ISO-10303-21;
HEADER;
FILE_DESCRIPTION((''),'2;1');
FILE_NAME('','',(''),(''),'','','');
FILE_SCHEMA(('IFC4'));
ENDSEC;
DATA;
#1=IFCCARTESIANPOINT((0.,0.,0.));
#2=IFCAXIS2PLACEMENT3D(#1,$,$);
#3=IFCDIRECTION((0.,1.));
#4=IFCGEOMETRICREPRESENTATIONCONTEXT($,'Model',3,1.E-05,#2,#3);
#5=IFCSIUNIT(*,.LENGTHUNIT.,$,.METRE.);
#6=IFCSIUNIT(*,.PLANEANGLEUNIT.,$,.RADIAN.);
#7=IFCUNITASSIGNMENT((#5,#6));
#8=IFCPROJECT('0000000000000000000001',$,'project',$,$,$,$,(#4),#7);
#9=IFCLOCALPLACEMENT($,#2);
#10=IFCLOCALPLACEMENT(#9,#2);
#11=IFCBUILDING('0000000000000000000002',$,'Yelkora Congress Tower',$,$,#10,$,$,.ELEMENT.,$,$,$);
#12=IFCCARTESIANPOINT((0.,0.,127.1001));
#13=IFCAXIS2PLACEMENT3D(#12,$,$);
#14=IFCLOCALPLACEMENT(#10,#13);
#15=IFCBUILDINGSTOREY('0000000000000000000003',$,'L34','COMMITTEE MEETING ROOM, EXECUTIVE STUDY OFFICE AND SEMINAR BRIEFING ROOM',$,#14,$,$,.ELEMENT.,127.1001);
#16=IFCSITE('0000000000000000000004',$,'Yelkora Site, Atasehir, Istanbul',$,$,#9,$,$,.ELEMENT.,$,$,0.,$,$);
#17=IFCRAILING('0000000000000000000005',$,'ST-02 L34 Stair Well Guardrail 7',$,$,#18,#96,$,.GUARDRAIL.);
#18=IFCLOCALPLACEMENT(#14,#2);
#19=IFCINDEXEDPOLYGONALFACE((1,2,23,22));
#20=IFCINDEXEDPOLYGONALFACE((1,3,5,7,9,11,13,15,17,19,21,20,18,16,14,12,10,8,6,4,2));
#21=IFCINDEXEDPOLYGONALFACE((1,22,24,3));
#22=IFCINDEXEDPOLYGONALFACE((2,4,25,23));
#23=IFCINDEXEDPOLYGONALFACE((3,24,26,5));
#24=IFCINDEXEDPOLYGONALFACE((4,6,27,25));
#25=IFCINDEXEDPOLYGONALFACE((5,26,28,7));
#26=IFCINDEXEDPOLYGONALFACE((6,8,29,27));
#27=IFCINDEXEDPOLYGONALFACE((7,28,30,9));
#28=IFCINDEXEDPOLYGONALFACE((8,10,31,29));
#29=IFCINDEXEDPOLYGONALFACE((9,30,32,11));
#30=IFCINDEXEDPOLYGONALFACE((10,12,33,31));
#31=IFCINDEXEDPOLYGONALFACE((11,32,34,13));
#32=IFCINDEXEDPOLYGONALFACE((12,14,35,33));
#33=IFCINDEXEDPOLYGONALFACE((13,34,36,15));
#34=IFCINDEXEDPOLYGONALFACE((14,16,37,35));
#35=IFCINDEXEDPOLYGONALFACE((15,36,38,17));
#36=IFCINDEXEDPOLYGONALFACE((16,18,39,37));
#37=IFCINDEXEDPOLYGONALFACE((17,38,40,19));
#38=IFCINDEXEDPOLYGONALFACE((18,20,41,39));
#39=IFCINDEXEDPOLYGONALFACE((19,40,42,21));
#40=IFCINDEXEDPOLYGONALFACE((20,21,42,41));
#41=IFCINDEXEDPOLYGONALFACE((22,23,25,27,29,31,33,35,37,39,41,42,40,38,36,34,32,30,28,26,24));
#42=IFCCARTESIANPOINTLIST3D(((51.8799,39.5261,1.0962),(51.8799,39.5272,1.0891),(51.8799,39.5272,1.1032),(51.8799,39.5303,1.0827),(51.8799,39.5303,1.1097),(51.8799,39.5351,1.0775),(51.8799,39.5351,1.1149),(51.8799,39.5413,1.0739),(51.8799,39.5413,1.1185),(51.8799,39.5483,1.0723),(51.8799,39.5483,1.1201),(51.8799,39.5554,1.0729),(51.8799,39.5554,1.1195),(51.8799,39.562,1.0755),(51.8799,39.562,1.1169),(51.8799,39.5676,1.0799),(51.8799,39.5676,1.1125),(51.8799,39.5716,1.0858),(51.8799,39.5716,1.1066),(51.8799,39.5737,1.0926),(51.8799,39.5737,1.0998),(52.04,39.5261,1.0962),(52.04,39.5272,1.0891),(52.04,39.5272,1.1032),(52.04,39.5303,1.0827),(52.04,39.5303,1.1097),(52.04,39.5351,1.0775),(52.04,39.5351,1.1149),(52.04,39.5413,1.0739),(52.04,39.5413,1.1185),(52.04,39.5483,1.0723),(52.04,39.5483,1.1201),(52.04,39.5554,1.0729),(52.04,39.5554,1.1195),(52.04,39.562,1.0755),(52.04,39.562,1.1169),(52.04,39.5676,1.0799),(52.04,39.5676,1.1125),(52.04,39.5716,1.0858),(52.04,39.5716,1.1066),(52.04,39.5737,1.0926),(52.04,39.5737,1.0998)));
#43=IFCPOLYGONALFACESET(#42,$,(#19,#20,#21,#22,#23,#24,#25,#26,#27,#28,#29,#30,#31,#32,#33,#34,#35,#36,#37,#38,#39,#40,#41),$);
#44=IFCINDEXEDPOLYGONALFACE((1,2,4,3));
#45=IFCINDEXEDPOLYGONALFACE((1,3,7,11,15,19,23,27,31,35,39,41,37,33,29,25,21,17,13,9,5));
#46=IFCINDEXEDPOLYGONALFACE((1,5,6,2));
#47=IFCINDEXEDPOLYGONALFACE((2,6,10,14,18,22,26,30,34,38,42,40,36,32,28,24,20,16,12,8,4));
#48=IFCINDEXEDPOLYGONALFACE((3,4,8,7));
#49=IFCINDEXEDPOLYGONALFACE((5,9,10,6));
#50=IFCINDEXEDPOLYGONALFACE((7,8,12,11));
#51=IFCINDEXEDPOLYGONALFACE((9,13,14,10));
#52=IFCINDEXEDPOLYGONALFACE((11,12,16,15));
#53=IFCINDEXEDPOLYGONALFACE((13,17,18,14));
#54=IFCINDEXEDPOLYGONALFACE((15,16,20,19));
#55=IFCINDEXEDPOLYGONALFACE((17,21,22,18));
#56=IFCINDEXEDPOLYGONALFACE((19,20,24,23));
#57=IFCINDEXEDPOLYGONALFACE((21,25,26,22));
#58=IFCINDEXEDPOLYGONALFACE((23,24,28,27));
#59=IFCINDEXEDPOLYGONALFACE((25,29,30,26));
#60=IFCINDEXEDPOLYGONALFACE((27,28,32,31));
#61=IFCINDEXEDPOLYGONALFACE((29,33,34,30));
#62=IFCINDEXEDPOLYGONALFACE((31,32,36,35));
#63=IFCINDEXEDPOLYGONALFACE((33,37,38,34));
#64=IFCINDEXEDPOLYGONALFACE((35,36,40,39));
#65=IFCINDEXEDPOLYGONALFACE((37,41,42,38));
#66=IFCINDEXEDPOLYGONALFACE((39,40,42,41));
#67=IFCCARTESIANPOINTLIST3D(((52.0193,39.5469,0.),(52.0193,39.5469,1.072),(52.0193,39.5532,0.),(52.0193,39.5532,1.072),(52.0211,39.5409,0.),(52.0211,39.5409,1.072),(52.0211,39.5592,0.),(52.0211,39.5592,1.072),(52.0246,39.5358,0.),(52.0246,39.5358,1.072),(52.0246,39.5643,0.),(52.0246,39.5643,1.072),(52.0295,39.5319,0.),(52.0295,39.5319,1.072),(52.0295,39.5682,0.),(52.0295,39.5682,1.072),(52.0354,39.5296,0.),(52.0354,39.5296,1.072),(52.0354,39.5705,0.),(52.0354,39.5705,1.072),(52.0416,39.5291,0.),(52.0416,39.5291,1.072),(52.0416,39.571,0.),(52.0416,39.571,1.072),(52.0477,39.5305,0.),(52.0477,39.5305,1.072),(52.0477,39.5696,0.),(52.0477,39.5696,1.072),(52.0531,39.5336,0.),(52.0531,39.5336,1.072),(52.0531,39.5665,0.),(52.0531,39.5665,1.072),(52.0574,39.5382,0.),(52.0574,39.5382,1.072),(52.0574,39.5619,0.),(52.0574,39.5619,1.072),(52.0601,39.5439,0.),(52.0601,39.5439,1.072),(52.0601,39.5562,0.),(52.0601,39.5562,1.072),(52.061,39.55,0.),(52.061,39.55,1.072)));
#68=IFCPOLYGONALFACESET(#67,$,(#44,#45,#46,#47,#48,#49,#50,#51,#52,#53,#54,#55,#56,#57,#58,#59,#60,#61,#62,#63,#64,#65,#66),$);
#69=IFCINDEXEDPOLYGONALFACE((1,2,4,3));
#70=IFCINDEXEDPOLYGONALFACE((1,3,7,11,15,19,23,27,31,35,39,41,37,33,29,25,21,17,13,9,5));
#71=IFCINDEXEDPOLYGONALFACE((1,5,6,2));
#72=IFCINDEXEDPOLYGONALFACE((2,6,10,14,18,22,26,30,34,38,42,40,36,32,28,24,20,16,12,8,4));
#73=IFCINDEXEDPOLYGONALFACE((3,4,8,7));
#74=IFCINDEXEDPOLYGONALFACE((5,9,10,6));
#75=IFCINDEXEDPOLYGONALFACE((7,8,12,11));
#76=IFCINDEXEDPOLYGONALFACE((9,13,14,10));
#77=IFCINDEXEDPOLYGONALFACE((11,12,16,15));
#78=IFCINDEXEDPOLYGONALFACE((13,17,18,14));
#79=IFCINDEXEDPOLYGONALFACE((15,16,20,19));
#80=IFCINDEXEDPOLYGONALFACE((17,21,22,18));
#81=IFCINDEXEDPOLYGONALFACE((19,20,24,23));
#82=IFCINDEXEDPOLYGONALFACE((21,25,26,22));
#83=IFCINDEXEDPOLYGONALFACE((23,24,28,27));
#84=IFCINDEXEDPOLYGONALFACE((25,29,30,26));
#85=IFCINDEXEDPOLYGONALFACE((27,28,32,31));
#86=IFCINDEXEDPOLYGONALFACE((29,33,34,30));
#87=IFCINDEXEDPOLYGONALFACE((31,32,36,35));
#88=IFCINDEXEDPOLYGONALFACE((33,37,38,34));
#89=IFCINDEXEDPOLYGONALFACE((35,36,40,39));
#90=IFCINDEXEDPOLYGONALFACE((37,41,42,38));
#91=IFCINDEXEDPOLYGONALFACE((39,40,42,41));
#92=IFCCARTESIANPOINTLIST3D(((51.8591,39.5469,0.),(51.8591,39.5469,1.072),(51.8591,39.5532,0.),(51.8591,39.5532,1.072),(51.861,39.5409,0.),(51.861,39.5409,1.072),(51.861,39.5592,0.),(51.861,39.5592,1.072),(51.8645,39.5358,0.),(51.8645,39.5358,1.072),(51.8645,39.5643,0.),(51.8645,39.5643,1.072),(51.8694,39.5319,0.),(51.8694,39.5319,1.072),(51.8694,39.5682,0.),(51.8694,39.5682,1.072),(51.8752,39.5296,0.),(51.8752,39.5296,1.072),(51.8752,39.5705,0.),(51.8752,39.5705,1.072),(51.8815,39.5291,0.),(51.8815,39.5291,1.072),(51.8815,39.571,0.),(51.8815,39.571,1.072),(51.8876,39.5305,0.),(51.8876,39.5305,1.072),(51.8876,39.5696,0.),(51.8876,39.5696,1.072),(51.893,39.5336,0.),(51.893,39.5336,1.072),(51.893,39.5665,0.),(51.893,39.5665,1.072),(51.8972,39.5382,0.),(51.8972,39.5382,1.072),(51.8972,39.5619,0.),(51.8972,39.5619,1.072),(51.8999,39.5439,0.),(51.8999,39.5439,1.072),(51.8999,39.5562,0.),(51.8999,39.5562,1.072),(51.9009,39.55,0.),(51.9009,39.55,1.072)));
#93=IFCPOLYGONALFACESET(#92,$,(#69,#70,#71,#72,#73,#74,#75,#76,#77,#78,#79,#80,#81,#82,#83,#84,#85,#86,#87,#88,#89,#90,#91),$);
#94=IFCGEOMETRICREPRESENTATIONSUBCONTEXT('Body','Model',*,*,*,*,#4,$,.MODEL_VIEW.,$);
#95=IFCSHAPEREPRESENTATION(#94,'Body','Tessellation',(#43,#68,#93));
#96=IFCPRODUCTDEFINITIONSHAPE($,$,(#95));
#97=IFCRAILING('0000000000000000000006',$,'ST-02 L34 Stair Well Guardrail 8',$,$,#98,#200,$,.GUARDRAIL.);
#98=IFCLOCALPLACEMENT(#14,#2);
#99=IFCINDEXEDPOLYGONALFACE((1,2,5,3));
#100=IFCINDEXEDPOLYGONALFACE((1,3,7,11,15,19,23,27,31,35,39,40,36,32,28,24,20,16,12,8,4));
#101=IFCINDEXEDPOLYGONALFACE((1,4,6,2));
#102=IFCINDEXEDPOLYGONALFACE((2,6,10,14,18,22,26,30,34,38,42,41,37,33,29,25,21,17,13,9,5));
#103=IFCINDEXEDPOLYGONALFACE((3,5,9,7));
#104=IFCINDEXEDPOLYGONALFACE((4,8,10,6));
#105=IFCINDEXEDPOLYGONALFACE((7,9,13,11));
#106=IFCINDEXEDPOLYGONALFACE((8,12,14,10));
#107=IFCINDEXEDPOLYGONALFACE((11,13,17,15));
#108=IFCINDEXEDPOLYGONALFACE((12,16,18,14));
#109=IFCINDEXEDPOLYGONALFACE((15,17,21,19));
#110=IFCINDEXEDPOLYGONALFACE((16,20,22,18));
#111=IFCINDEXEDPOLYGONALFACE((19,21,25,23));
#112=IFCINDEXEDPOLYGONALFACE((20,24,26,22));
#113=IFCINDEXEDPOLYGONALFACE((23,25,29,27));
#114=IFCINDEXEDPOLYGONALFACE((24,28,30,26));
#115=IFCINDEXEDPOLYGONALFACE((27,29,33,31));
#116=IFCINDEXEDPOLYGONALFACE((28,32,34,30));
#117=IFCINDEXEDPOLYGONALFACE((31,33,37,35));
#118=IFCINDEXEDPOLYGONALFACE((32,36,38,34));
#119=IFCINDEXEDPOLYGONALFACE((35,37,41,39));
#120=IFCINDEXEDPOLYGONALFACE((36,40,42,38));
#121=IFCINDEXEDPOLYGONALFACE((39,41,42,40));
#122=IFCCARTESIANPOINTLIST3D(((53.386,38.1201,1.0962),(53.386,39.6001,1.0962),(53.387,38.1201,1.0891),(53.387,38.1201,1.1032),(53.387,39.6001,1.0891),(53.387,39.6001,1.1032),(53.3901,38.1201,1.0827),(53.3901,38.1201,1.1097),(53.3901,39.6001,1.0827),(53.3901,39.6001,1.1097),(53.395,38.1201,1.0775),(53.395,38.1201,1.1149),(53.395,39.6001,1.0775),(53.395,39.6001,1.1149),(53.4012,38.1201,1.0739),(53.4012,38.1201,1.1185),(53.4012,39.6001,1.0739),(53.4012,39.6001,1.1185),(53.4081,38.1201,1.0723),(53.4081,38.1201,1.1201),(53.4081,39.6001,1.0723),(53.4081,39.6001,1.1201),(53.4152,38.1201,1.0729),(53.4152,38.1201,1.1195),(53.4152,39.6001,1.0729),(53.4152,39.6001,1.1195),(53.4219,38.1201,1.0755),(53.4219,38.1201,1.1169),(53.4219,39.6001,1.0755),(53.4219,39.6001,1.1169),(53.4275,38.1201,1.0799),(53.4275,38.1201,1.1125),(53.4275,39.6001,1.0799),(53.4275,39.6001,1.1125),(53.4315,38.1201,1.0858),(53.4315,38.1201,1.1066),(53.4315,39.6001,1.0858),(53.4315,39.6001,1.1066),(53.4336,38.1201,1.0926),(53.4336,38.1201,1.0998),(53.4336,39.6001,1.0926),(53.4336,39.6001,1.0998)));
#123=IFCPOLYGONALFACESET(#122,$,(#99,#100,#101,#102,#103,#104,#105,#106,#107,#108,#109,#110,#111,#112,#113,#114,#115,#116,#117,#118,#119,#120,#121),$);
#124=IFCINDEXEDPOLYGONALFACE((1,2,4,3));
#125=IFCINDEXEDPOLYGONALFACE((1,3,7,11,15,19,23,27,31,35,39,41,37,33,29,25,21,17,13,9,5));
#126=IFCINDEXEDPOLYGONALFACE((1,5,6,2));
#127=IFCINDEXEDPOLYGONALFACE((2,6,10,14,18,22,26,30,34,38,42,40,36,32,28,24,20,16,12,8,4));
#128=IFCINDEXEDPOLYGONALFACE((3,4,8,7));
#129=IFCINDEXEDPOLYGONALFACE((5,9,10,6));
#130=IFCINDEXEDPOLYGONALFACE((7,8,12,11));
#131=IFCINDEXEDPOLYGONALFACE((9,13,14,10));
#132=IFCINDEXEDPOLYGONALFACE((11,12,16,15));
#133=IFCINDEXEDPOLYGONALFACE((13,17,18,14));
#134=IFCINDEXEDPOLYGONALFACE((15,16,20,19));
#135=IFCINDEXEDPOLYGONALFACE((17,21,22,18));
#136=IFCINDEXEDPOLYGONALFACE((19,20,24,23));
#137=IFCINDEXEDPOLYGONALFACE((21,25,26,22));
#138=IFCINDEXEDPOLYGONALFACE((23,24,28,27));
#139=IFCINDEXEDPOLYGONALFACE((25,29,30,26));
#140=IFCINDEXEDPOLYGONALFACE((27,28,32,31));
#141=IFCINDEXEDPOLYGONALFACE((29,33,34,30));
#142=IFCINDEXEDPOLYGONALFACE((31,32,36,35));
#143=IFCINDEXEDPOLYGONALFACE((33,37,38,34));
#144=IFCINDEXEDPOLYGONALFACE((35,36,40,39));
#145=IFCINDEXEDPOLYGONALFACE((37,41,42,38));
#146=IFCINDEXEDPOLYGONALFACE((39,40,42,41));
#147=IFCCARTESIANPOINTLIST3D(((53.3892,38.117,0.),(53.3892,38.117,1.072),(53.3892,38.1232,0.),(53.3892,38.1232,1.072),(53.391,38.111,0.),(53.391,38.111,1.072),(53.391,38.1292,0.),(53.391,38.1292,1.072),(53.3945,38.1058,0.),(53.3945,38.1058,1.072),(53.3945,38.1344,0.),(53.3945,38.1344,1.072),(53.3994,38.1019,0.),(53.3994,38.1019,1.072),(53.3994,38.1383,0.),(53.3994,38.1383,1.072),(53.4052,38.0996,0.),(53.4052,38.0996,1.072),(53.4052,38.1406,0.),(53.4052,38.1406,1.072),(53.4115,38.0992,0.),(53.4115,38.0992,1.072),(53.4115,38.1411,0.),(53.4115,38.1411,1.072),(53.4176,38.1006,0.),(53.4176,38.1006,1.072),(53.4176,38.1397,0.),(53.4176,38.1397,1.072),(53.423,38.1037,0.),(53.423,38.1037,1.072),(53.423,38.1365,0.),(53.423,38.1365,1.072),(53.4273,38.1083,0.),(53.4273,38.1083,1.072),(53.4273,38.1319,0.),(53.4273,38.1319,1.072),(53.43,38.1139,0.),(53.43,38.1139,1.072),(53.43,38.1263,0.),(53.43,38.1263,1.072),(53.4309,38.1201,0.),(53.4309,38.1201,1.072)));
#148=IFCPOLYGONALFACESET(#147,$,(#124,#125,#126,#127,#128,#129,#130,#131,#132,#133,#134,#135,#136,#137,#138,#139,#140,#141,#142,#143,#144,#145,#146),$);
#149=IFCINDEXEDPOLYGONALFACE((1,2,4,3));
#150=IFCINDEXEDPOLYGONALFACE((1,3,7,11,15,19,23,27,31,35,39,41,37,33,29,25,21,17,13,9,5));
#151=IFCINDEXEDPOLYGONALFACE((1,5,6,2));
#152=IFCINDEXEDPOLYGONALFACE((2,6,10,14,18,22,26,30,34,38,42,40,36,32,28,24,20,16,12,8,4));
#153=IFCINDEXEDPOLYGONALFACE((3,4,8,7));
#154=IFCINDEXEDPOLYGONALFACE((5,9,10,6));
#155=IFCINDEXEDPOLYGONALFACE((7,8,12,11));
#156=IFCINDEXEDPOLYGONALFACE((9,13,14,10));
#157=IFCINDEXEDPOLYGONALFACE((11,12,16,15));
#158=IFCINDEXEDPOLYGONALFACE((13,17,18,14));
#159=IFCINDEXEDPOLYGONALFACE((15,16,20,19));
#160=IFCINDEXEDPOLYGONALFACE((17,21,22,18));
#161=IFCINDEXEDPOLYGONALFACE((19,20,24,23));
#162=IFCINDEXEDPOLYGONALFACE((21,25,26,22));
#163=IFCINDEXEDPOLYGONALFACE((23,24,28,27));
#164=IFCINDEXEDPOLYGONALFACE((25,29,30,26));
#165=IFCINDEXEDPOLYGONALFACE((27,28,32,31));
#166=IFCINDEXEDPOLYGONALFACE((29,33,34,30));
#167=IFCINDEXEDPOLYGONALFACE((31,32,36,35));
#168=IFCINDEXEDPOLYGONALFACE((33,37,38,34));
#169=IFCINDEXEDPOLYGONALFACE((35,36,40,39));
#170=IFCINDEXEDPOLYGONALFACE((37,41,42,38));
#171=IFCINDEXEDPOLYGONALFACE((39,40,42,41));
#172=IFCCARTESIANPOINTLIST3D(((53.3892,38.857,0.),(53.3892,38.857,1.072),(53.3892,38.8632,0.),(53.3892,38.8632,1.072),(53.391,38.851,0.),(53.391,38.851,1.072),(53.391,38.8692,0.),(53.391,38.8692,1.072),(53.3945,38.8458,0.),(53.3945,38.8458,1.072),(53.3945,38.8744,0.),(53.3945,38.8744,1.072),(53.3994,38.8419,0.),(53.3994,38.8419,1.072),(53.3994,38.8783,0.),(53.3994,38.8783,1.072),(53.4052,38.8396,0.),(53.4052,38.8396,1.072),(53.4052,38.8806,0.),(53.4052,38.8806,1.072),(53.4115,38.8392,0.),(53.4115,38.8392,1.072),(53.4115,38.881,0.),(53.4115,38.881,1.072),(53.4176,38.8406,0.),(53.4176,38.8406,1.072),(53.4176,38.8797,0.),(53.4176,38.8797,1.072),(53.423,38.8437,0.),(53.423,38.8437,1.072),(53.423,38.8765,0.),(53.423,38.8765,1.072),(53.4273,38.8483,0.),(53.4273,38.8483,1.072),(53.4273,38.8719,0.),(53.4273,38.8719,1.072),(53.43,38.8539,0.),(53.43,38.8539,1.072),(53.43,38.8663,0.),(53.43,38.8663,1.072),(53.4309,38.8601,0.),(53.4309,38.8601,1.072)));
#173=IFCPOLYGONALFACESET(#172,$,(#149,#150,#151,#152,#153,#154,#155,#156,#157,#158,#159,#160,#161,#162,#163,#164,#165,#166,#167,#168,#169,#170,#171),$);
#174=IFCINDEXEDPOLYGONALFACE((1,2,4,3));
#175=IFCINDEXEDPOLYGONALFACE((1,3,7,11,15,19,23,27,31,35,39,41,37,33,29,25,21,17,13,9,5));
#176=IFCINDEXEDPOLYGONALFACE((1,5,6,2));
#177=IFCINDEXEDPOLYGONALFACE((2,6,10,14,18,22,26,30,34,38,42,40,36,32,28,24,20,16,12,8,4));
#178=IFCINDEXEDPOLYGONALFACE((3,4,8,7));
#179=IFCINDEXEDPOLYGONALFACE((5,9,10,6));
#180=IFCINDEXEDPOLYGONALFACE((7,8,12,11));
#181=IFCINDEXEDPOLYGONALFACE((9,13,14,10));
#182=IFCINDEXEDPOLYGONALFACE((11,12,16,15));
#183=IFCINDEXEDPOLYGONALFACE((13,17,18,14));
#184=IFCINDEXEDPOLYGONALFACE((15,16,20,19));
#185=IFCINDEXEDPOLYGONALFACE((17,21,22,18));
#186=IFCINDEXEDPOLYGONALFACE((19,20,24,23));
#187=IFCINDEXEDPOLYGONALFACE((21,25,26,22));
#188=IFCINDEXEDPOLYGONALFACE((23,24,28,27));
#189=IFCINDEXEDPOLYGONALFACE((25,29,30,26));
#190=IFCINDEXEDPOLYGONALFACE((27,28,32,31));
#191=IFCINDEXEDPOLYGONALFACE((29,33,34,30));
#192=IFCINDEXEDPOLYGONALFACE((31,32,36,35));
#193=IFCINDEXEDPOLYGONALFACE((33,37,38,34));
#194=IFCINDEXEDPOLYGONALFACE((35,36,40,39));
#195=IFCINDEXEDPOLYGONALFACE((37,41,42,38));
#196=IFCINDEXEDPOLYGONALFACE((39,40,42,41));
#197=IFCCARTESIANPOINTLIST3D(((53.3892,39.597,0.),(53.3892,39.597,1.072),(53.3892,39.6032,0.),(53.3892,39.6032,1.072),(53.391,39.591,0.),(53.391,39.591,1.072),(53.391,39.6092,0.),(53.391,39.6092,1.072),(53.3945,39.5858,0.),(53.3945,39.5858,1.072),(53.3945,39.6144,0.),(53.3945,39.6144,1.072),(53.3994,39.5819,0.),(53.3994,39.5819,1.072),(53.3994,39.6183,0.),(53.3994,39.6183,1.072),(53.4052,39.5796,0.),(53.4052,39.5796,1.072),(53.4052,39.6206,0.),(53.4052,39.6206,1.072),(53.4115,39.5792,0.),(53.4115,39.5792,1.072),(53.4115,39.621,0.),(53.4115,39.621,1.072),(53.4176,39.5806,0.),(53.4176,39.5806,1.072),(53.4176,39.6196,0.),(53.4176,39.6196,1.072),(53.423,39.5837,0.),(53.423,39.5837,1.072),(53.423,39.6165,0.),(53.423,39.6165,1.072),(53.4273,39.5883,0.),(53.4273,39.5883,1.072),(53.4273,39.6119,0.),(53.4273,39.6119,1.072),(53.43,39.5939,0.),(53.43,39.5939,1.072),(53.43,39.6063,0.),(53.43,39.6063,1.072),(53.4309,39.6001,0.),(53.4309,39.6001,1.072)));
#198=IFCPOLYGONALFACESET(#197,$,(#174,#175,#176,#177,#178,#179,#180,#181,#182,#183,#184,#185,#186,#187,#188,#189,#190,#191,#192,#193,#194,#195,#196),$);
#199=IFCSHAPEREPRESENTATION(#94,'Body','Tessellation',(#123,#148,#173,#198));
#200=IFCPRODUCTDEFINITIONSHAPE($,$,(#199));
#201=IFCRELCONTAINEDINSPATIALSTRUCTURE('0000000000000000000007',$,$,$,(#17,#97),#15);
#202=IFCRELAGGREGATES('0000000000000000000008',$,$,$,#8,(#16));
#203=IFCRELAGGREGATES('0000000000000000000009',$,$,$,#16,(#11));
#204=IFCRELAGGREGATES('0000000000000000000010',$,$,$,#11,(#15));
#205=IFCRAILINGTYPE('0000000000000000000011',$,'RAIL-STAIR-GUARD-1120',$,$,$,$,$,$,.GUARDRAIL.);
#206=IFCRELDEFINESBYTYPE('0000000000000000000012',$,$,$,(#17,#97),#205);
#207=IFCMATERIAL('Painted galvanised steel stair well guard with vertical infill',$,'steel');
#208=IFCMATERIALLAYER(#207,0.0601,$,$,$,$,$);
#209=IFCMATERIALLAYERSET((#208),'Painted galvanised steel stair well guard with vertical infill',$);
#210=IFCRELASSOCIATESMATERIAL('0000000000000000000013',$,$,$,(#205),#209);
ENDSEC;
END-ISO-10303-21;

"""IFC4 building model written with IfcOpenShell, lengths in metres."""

from ifc_helpers import new_model, si_unit, direction, frame, origin, origin_2d, place, context, subcontext, project, spatial, circle, extrude, material, layer, layer_set, type_object, element, save


model = new_model("IFC4")

# Units and contexts
model_context = context("Model", 3, precision=1e-05, world=origin(), true_north=direction((0.0, 1.0)))
body_context = subcontext(model_context, "Body", "Model", "MODEL_VIEW")
ifc_project = project(units=[si_unit("LENGTHUNIT", "METRE"), si_unit("PLANEANGLEUNIT", "RADIAN")], contexts=[model_context])

# Site, building, storey
site_placement = place(None, origin())
site = spatial("IfcSite", under=ifc_project, at=site_placement, Name="Yelkora Site, Atasehir, Istanbul", CompositionType="ELEMENT", RefElevation=0.0)
building_placement = place(site_placement, origin())
building = spatial("IfcBuilding", under=site, at=building_placement, Name="Yelkora Congress Tower", CompositionType="ELEMENT")
storey_placement = place(building_placement, frame((0.0, 0.0, 127.1001)))
storey = spatial("IfcBuildingStorey", under=building, at=storey_placement, Name="L34", Description="COMMITTEE MEETING ROOM, EXECUTIVE STUDY OFFICE AND SEMINAR BRIEFING ROOM", CompositionType="ELEMENT", Elevation=127.1001)

# Railings
ifc_material_1 = material(Name="Painted galvanised steel stair well guard with vertical infill", Category="steel")
ifc_layer_1 = layer(ifc_material_1, 0.0601)
ifc_layer_set_1 = layer_set([ifc_layer_1], Name="Painted galvanised steel stair well guard with vertical infill")
railing_type_1 = type_object("IfcRailingType", Name="RAIL-STAIR-GUARD-1120", PredefinedType="GUARDRAIL", material=ifc_layer_set_1)
railing_1_placement = place(storey_placement, frame((52.04, 39.55, 0.0)))
element("IfcRailing", 1, at=railing_1_placement, inside=storey, type_object=railing_type_1, Name="ST-02 L34 Stair Well Guardrail 7", PredefinedType="GUARDRAIL", context=body_context, shape_type="SweptSolid", body=[
    extrude(circle(Radius=0.0239, at=origin_2d()), frame((0.0, 0.0, 1.0962), z_axis=(-1.0, 0.0, 0.0), x_axis=(0.0, -1.0, 0.0)), (0.0, 0.0, 1.0), 0.1602),
    extrude(circle(Radius=0.021, at=origin_2d()), origin(), (0.0, 0.0, 1.0), 1.072),
    extrude(circle(Radius=0.021, at=origin_2d()), frame((-0.1602, 0.0, 0.0)), (0.0, 0.0, 1.0), 1.072),
])
for number, where, name in (
    (2, (53.4099, 38.1201, 0.0), "ST-02 L34 Stair Well Guardrail 8"),
):
    element("IfcRailing", number, at=place(storey_placement, frame(where)), inside=storey, type_object=railing_type_1, Name=name, PredefinedType="GUARDRAIL", context=body_context, shape_type="SweptSolid", body=[
        extrude(circle(Radius=0.0239, at=origin_2d()), frame((0.0, 0.0, 1.0962), z_axis=(0.0, 1.0, 0.0), x_axis=(-1.0, 0.0, 0.0)), (0.0, 0.0, 1.0), 1.48),
        extrude(circle(Radius=0.021, at=origin_2d()), origin(), (0.0, 0.0, 1.0), 1.072),
        extrude(circle(Radius=0.021, at=origin_2d()), frame((0.0, 0.74, 0.0)), (0.0, 0.0, 1.0), 1.072),
        extrude(circle(Radius=0.021, at=origin_2d()), frame((0.0, 1.48, 0.0)), (0.0, 0.0, 1.0), 1.072),
    ])

save(model, "model.ifc")
